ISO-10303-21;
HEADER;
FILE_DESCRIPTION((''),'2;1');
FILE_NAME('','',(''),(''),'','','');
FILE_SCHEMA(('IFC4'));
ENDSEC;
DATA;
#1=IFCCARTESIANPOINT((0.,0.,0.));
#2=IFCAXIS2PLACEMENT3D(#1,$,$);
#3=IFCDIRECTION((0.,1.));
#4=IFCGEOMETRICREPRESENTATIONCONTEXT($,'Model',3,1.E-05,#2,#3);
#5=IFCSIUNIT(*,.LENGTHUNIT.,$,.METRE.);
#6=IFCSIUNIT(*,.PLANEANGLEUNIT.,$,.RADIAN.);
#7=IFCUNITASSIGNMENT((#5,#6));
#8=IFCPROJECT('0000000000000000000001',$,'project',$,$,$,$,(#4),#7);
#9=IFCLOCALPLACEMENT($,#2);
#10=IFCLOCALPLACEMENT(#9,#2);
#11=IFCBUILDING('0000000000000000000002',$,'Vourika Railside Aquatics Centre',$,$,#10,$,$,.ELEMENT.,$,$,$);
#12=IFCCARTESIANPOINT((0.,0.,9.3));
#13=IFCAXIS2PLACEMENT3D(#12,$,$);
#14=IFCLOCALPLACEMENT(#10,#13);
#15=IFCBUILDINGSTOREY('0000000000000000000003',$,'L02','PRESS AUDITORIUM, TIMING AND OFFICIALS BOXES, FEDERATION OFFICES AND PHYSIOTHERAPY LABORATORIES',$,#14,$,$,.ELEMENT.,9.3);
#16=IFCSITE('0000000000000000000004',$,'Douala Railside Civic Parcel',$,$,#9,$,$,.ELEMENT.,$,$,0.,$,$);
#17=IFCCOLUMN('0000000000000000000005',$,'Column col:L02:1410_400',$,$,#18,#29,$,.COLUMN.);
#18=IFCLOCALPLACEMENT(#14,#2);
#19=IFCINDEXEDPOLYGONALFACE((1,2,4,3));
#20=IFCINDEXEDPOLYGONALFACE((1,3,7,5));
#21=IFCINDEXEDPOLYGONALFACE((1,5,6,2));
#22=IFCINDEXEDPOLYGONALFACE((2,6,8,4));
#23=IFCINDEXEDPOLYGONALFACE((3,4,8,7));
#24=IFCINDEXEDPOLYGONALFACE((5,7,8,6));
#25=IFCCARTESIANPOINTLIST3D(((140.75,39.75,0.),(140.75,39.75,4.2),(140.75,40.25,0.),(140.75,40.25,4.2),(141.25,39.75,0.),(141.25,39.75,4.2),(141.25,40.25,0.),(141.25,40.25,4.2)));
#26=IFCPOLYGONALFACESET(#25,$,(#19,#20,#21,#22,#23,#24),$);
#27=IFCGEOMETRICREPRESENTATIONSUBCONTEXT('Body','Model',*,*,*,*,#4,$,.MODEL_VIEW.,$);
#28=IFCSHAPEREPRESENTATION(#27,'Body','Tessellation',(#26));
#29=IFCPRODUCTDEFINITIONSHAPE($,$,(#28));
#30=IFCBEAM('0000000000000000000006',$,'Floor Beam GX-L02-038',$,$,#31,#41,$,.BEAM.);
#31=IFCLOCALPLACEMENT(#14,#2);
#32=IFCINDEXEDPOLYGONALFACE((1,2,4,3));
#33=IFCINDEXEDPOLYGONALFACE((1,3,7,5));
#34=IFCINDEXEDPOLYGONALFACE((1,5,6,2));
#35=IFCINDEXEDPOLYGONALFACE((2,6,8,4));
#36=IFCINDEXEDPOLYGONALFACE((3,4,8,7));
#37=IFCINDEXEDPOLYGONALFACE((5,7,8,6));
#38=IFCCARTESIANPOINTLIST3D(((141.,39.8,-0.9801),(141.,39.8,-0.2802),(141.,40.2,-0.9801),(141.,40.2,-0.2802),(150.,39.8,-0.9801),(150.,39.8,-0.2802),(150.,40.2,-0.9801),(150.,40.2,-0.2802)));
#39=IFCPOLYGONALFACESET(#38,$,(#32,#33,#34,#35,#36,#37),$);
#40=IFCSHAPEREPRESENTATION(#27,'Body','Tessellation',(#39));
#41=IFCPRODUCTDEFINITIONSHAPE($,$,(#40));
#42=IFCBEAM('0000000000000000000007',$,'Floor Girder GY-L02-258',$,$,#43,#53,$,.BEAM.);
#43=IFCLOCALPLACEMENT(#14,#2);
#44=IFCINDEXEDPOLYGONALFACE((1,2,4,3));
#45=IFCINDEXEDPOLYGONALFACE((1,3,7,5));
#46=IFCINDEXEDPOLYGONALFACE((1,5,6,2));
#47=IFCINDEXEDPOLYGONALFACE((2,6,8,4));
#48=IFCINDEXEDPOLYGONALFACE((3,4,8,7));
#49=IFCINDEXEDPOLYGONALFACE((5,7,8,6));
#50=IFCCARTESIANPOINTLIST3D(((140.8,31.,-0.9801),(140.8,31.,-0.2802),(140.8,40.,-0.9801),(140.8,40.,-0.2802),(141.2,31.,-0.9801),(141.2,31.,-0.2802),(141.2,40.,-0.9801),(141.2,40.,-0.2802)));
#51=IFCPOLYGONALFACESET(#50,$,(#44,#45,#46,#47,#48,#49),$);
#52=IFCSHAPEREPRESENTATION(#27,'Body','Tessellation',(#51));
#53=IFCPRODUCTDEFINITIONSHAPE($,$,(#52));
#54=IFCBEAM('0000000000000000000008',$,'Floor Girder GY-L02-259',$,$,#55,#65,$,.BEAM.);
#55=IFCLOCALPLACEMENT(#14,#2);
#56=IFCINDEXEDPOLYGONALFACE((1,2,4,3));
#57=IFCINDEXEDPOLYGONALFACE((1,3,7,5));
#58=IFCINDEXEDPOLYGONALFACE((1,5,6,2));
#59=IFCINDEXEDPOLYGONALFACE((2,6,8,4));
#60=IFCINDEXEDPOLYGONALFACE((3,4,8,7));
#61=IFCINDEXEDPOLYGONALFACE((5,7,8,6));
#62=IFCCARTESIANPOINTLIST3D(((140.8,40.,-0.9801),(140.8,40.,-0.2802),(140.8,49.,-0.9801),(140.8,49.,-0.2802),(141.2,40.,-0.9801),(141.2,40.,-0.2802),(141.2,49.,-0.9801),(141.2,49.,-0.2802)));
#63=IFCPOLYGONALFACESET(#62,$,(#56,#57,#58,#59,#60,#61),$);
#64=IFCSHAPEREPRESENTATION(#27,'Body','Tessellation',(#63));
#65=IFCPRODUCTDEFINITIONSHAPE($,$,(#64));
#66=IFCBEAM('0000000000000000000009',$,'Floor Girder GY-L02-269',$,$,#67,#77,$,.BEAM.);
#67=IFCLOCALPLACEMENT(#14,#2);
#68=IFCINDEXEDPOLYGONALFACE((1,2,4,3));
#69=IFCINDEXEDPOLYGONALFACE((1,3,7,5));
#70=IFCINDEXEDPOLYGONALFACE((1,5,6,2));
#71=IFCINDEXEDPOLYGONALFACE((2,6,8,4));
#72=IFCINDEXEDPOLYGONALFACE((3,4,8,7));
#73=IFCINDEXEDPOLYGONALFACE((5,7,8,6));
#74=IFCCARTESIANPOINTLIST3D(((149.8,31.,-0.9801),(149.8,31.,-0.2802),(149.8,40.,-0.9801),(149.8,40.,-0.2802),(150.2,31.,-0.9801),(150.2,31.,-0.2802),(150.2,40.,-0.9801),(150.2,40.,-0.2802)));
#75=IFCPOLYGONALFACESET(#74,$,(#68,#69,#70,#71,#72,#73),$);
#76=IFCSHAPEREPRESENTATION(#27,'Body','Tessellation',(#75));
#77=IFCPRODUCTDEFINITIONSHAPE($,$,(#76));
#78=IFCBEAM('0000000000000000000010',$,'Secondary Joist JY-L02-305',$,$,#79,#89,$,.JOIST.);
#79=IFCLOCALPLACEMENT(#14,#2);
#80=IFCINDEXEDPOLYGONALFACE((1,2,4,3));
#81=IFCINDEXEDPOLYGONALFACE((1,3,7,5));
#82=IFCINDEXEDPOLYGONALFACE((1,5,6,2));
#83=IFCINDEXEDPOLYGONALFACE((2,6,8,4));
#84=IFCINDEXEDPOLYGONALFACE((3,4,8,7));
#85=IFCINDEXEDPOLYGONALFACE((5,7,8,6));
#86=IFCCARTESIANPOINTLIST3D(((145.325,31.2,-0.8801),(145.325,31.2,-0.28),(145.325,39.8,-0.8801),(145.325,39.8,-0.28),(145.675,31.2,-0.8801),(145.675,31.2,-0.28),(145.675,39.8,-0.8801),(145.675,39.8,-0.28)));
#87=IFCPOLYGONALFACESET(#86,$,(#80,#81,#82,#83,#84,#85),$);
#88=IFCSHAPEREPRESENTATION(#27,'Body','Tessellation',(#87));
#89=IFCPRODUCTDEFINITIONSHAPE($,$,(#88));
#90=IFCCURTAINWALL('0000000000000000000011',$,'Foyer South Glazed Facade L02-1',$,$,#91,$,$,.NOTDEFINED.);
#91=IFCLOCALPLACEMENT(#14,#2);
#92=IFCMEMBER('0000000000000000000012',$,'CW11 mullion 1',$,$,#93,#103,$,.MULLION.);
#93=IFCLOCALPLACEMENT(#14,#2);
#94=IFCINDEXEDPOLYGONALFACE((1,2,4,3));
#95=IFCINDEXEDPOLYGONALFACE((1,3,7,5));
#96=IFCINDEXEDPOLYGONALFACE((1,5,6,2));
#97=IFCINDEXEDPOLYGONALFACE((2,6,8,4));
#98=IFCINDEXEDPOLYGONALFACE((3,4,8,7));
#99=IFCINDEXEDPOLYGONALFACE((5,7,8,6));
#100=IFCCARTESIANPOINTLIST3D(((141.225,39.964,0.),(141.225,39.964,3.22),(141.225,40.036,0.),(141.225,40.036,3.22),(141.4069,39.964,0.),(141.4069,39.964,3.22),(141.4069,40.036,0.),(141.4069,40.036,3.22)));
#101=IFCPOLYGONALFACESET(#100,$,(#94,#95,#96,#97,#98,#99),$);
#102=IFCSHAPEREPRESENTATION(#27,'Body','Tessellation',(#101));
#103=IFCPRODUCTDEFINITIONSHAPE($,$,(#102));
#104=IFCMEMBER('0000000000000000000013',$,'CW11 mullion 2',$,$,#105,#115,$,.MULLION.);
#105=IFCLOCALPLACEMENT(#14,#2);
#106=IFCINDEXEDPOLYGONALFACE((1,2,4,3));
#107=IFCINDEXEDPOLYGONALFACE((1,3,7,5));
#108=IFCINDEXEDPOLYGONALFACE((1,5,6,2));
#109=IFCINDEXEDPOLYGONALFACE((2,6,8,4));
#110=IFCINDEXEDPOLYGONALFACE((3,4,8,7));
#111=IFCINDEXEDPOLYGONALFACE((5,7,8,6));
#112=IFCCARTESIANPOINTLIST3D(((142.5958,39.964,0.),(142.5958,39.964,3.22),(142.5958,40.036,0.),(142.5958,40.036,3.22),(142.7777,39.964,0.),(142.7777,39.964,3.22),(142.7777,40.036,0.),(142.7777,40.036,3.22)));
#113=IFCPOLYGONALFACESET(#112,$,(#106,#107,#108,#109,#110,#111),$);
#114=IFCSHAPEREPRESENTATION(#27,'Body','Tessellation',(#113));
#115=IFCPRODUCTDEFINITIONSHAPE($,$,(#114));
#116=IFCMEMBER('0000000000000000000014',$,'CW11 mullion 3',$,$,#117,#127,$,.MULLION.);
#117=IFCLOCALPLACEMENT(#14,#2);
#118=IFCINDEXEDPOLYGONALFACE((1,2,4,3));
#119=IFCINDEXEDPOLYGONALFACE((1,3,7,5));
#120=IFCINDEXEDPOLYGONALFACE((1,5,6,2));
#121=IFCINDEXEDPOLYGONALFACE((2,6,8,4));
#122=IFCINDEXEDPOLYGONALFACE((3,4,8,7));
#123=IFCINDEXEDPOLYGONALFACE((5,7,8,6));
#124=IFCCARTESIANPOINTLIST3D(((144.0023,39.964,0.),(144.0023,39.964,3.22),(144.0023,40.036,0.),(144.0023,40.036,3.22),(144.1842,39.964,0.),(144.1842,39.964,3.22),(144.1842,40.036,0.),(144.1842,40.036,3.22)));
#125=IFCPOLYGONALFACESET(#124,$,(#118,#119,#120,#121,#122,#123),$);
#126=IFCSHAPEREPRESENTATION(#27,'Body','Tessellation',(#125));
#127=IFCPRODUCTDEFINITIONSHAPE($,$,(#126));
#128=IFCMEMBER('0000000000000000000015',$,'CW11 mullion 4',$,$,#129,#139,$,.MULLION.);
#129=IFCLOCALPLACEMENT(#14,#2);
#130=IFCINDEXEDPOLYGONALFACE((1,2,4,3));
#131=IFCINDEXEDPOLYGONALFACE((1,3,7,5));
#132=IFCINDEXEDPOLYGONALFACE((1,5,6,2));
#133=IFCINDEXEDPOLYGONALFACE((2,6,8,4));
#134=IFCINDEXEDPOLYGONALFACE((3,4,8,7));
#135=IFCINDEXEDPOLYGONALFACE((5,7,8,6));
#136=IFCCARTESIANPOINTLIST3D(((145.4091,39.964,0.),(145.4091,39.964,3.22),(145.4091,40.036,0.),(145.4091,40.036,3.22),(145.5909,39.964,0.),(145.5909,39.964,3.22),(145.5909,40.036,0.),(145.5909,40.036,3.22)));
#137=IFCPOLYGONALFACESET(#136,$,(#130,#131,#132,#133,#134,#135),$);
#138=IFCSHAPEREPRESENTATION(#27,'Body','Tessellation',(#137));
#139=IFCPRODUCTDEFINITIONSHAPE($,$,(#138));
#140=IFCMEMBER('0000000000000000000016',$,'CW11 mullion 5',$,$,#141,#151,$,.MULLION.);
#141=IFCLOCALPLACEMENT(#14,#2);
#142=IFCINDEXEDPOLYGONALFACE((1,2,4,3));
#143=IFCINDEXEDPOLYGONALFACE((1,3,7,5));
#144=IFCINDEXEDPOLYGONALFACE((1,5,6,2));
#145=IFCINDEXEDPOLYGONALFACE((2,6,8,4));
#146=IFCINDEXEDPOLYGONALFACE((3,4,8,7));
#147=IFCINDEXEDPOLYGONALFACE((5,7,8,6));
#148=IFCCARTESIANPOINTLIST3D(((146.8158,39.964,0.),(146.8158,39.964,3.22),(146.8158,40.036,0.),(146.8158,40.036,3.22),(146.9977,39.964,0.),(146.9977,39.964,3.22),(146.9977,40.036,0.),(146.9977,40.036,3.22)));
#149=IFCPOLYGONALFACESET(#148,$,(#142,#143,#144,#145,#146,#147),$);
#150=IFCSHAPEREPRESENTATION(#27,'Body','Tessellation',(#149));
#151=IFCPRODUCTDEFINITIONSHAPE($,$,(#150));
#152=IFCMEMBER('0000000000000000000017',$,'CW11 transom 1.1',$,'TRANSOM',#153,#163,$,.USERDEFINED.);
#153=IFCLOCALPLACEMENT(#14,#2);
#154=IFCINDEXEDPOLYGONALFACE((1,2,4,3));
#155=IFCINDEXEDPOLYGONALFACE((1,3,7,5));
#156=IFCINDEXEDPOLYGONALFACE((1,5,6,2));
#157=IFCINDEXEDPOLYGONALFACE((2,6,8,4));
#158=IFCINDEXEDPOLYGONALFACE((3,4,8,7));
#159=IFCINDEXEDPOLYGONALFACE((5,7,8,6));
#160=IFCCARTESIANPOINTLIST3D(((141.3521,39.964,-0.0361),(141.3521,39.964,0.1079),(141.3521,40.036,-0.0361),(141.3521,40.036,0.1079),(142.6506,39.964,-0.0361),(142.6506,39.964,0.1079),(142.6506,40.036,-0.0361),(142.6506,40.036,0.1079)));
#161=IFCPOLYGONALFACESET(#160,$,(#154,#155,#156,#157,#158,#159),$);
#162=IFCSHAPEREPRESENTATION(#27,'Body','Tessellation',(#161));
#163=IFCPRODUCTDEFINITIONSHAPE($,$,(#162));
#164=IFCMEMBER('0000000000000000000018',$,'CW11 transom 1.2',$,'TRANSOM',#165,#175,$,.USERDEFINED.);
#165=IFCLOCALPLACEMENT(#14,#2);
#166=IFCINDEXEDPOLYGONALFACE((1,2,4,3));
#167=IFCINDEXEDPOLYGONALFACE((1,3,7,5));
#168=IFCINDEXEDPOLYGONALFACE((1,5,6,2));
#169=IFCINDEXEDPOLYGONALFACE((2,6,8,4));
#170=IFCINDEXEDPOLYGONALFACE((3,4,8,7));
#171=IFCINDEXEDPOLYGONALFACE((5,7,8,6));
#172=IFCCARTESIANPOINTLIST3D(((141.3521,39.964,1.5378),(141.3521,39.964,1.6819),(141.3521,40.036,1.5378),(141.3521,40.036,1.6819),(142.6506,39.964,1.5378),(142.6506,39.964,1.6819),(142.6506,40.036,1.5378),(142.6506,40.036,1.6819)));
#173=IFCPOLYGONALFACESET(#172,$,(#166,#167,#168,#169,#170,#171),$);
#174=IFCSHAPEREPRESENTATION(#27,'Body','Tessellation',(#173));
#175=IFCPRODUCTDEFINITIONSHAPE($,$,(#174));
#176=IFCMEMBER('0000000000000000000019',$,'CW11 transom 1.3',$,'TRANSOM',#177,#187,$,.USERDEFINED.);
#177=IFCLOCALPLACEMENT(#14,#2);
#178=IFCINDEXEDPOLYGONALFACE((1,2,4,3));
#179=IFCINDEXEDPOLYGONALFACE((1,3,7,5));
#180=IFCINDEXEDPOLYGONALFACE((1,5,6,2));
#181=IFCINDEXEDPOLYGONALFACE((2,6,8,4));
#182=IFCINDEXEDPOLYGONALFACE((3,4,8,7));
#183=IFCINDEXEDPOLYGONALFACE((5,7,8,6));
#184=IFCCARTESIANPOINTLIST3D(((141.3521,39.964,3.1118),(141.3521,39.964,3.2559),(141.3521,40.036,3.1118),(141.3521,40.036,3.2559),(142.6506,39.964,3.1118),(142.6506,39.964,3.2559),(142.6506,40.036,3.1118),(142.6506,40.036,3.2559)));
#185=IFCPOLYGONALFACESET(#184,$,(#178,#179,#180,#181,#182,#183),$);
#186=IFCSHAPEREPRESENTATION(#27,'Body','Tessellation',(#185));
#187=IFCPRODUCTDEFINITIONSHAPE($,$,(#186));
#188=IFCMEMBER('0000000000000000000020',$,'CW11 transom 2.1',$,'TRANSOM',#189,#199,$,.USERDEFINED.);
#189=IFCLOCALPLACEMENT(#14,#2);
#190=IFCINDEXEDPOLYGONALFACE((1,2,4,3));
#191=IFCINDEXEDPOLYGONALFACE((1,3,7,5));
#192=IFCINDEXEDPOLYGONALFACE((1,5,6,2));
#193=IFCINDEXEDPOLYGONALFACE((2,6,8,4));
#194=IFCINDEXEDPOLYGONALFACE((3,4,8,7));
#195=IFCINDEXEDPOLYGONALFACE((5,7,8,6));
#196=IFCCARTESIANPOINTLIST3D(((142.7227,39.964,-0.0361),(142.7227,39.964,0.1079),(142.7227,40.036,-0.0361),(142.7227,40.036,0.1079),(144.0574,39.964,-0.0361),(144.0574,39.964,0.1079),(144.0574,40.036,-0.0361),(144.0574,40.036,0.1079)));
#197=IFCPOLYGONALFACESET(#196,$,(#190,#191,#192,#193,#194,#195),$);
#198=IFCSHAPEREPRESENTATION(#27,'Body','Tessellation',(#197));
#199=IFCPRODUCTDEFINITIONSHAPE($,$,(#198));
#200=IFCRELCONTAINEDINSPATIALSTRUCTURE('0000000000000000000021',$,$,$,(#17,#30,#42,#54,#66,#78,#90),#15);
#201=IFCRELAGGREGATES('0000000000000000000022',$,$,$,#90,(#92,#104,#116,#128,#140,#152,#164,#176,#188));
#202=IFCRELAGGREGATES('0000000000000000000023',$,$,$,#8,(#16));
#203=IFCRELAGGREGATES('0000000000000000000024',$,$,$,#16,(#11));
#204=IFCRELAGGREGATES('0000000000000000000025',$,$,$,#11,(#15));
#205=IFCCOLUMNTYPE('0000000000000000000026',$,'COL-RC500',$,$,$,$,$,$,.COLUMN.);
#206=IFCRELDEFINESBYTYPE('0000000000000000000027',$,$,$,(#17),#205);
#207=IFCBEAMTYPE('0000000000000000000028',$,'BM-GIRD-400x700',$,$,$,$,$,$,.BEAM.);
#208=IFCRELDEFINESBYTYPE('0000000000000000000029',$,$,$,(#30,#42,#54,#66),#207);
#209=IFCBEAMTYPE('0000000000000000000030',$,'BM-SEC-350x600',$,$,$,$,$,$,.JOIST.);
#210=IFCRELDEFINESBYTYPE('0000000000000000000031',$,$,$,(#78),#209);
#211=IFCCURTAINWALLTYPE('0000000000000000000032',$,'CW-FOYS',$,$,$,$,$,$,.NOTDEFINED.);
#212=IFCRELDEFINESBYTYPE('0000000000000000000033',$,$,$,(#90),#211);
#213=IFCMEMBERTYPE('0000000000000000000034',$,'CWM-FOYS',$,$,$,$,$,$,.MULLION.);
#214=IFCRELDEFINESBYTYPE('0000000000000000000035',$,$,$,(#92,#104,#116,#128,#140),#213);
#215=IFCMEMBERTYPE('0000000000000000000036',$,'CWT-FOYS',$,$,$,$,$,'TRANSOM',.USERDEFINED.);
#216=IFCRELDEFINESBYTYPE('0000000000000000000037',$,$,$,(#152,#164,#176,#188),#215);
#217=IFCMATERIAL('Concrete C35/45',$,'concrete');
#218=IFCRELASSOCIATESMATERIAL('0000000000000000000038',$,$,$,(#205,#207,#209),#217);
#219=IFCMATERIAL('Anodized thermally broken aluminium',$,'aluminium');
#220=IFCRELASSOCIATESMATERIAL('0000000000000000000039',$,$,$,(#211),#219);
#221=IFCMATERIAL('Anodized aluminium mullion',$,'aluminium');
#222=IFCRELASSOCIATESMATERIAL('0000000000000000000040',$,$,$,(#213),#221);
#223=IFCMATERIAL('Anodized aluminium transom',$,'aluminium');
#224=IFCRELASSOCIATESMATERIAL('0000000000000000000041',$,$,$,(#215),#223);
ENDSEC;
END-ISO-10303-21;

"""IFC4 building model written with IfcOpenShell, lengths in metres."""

from ifc_helpers import new_model, si_unit, direction, frame, origin, origin_2d, place, context, subcontext, project, spatial, rectangle, extrude, material, material_profile, profile_set, type_object, element, aggregate, save


model = new_model("IFC4")

# Units and contexts
model_context = context("Model", 3, precision=1e-05, world=origin(), true_north=direction((0.0, 1.0)))
body_context = subcontext(model_context, "Body", "Model", "MODEL_VIEW")
ifc_project = project(units=[si_unit("LENGTHUNIT", "METRE"), si_unit("PLANEANGLEUNIT", "RADIAN")], contexts=[model_context])

# Site, building, storey
site_placement = place(None, origin())
site = spatial("IfcSite", under=ifc_project, at=site_placement, Name="Douala Railside Civic Parcel", CompositionType="ELEMENT", RefElevation=0.0)
building_placement = place(site_placement, origin())
building = spatial("IfcBuilding", under=site, at=building_placement, Name="Vourika Railside Aquatics Centre", CompositionType="ELEMENT")
storey_placement = place(building_placement, frame((0.0, 0.0, 9.3)))
storey = spatial("IfcBuildingStorey", under=building, at=storey_placement, Name="L02", Description="PRESS AUDITORIUM, TIMING AND OFFICIALS BOXES, FEDERATION OFFICES AND PHYSIOTHERAPY LABORATORIES", CompositionType="ELEMENT", Elevation=9.3)

# Column
ifc_material_1 = material(Name="Concrete C35/45", Category="concrete")
ifc_material_profile_1 = material_profile(ifc_material_1, rectangle(XDim=0.5, YDim=0.5, at=origin_2d()), Name="RC 500x500")
ifc_profile_set_1 = profile_set([ifc_material_profile_1], Name="Concrete C35/45")
column_type = type_object("IfcColumnType", Name="COL-RC500", PredefinedType="COLUMN", material=ifc_profile_set_1)
column_placement = place(storey_placement, frame((141.0, 40.0, 0.0), z_axis=(0.0, 0.0, 1.0), x_axis=(1.0, 0.0, 0.0)))
element("IfcColumn", 1, at=column_placement, inside=storey, type_object=column_type, Name="Column col:L02:1410_400", PredefinedType="COLUMN", context=body_context, shape_type="SweptSolid", body=[
    extrude(rectangle(XDim=0.5, YDim=0.5, at=origin_2d()), origin(), (0.0, 0.0, 1.0), 4.2),
])

# Beams
ifc_material_profile_2 = material_profile(ifc_material_1, rectangle(XDim=0.3999, YDim=0.7, at=origin_2d()), Name="RC 400x700")
ifc_profile_set_2 = profile_set([ifc_material_profile_2], Name="Concrete C35/45")
beam_type_1 = type_object("IfcBeamType", Name="BM-GIRD-400x700", PredefinedType="BEAM", material=ifc_profile_set_2)
for number, where, z_axis, x_axis, name in (
    (2, (141.0, 40.0, -0.6301), (1.0, 0.0, 0.0), (0.0, 1.0, 0.0), "Floor Beam GX-L02-038"),
    (3, (141.0, 31.0, -0.6301), (0.0, 1.0, 0.0), (-1.0, 0.0, 0.0), "Floor Girder GY-L02-258"),
    (4, (141.0, 40.0, -0.6301), (0.0, 1.0, 0.0), (-1.0, 0.0, 0.0), "Floor Girder GY-L02-259"),
    (5, (150.0, 31.0, -0.6301), (0.0, 1.0, 0.0), (-1.0, 0.0, 0.0), "Floor Girder GY-L02-269"),
):
    element("IfcBeam", number, at=place(storey_placement, frame(where, z_axis=z_axis, x_axis=x_axis)), inside=storey, type_object=beam_type_1, Name=name, PredefinedType="BEAM", context=body_context, shape_type="SweptSolid", body=[
        extrude(rectangle(XDim=0.3999, YDim=0.7, at=origin_2d()), origin(), (0.0, 0.0, 1.0), 9.0),
    ])
ifc_material_profile_3 = material_profile(ifc_material_1, rectangle(XDim=0.3501, YDim=0.6001, at=origin_2d()), Name="RC 350x600")
ifc_profile_set_3 = profile_set([ifc_material_profile_3], Name="Concrete C35/45")
beam_type_2 = type_object("IfcBeamType", Name="BM-SEC-350x600", PredefinedType="JOIST", material=ifc_profile_set_3)
beam_placement = place(storey_placement, frame((145.5, 31.2, -0.5801), z_axis=(0.0, 1.0, 0.0), x_axis=(-1.0, 0.0, 0.0)))
element("IfcBeam", 6, at=beam_placement, inside=storey, type_object=beam_type_2, Name="Secondary Joist JY-L02-305", PredefinedType="JOIST", context=body_context, shape_type="SweptSolid", body=[
    extrude(rectangle(XDim=0.3501, YDim=0.6001, at=origin_2d()), origin(), (0.0, 0.0, 1.0), 8.6001),
])

# Curtain wall, members
ifc_material_2 = material(Name="Anodized thermally broken aluminium", Category="aluminium")
curtain_wall_type = type_object("IfcCurtainWallType", Name="CW-FOYS", PredefinedType="NOTDEFINED", material=ifc_material_2)
curtain_wall_placement = place(storey_placement, origin())
curtain_wall = element("IfcCurtainWall", 7, at=curtain_wall_placement, inside=storey, type_object=curtain_wall_type, Name="Foyer South Glazed Facade L02-1", PredefinedType="NOTDEFINED")
ifc_material_3 = material(Name="Anodized aluminium mullion", Category="aluminium")
ifc_material_profile_4 = material_profile(ifc_material_3, rectangle(XDim=0.072, YDim=0.1819, at=origin_2d()), Name="ALU-M 72x182")
ifc_profile_set_4 = profile_set([ifc_material_profile_4], Name="Anodized aluminium mullion")
member_type_1 = type_object("IfcMemberType", Name="CWM-FOYS", PredefinedType="MULLION", material=ifc_profile_set_4)
member_1_placement = place(storey_placement, frame((141.3159, 40.0, 0.0), z_axis=(0.0, 0.0, 1.0), x_axis=(0.0, 1.0, 0.0)))
member_1 = element("IfcMember", 8, at=member_1_placement, type_object=member_type_1, Name="CW11 mullion 1", PredefinedType="MULLION", context=body_context, shape_type="SweptSolid", body=[
    extrude(rectangle(XDim=0.072, YDim=0.1819, at=origin_2d()), origin(), (0.0, 0.0, 1.0), 3.22),
])
member_2_placement = place(storey_placement, frame((142.6868, 40.0, 0.0), z_axis=(0.0, 0.0, 1.0), x_axis=(0.0, 1.0, 0.0)))
member_2 = element("IfcMember", 9, at=member_2_placement, type_object=member_type_1, Name="CW11 mullion 2", PredefinedType="MULLION", context=body_context, shape_type="SweptSolid", body=[
    extrude(rectangle(XDim=0.072, YDim=0.1819, at=origin_2d()), origin(), (0.0, 0.0, 1.0), 3.22),
])
member_3_placement = place(storey_placement, frame((144.0933, 40.0, 0.0), z_axis=(0.0, 0.0, 1.0), x_axis=(0.0, 1.0, 0.0)))
member_3 = element("IfcMember", 10, at=member_3_placement, type_object=member_type_1, Name="CW11 mullion 3", PredefinedType="MULLION", context=body_context, shape_type="SweptSolid", body=[
    extrude(rectangle(XDim=0.072, YDim=0.1819, at=origin_2d()), origin(), (0.0, 0.0, 1.0), 3.22),
])
member_4_placement = place(storey_placement, frame((145.5, 40.0, 0.0), z_axis=(0.0, 0.0, 1.0), x_axis=(0.0, 1.0, 0.0)))
member_4 = element("IfcMember", 11, at=member_4_placement, type_object=member_type_1, Name="CW11 mullion 4", PredefinedType="MULLION", context=body_context, shape_type="SweptSolid", body=[
    extrude(rectangle(XDim=0.072, YDim=0.1819, at=origin_2d()), origin(), (0.0, 0.0, 1.0), 3.22),
])
member_5_placement = place(storey_placement, frame((146.9067, 40.0, 0.0), z_axis=(0.0, 0.0, 1.0), x_axis=(0.0, 1.0, 0.0)))
member_5 = element("IfcMember", 12, at=member_5_placement, type_object=member_type_1, Name="CW11 mullion 5", PredefinedType="MULLION", context=body_context, shape_type="SweptSolid", body=[
    extrude(rectangle(XDim=0.072, YDim=0.1819, at=origin_2d()), origin(), (0.0, 0.0, 1.0), 3.22),
])
ifc_material_4 = material(Name="Anodized aluminium transom", Category="aluminium")
ifc_material_profile_5 = material_profile(ifc_material_4, rectangle(XDim=0.072, YDim=0.144, at=origin_2d()), Name="ALU-T 72x144")
ifc_profile_set_5 = profile_set([ifc_material_profile_5], Name="Anodized aluminium transom")
member_type_2 = type_object("IfcMemberType", Name="CWT-FOYS", ElementType="TRANSOM", PredefinedType="USERDEFINED", material=ifc_profile_set_5)
member_6_placement = place(storey_placement, frame((141.3521, 40.0, 0.0359), z_axis=(1.0, 0.0, 0.0), x_axis=(0.0, 1.0, 0.0)))
member_6 = element("IfcMember", 13, at=member_6_placement, type_object=member_type_2, Name="CW11 transom 1.1", ObjectType="TRANSOM", PredefinedType="USERDEFINED", context=body_context, shape_type="SweptSolid", body=[
    extrude(rectangle(XDim=0.072, YDim=0.144, at=origin_2d()), origin(), (0.0, 0.0, 1.0), 1.2986),
])
member_7_placement = place(storey_placement, frame((141.3521, 40.0, 1.6099), z_axis=(1.0, 0.0, 0.0), x_axis=(0.0, 1.0, 0.0)))
member_7 = element("IfcMember", 14, at=member_7_placement, type_object=member_type_2, Name="CW11 transom 1.2", ObjectType="TRANSOM", PredefinedType="USERDEFINED", context=body_context, shape_type="SweptSolid", body=[
    extrude(rectangle(XDim=0.072, YDim=0.144, at=origin_2d()), origin(), (0.0, 0.0, 1.0), 1.2986),
])
member_8_placement = place(storey_placement, frame((141.3521, 40.0, 3.1838), z_axis=(1.0, 0.0, 0.0), x_axis=(0.0, 1.0, 0.0)))
member_8 = element("IfcMember", 15, at=member_8_placement, type_object=member_type_2, Name="CW11 transom 1.3", ObjectType="TRANSOM", PredefinedType="USERDEFINED", context=body_context, shape_type="SweptSolid", body=[
    extrude(rectangle(XDim=0.072, YDim=0.144, at=origin_2d()), origin(), (0.0, 0.0, 1.0), 1.2986),
])
member_9_placement = place(storey_placement, frame((142.7227, 40.0, 0.0359), z_axis=(1.0, 0.0, 0.0), x_axis=(0.0, 1.0, 0.0)))
member_9 = element("IfcMember", 16, at=member_9_placement, type_object=member_type_2, Name="CW11 transom 2.1", ObjectType="TRANSOM", PredefinedType="USERDEFINED", context=body_context, shape_type="SweptSolid", body=[
    extrude(rectangle(XDim=0.072, YDim=0.144, at=origin_2d()), origin(), (0.0, 0.0, 1.0), 1.3347),
])
aggregate(curtain_wall, [member_1, member_2, member_3, member_4, member_5, member_6, member_7, member_8, member_9])

save(model, "model.ifc")
